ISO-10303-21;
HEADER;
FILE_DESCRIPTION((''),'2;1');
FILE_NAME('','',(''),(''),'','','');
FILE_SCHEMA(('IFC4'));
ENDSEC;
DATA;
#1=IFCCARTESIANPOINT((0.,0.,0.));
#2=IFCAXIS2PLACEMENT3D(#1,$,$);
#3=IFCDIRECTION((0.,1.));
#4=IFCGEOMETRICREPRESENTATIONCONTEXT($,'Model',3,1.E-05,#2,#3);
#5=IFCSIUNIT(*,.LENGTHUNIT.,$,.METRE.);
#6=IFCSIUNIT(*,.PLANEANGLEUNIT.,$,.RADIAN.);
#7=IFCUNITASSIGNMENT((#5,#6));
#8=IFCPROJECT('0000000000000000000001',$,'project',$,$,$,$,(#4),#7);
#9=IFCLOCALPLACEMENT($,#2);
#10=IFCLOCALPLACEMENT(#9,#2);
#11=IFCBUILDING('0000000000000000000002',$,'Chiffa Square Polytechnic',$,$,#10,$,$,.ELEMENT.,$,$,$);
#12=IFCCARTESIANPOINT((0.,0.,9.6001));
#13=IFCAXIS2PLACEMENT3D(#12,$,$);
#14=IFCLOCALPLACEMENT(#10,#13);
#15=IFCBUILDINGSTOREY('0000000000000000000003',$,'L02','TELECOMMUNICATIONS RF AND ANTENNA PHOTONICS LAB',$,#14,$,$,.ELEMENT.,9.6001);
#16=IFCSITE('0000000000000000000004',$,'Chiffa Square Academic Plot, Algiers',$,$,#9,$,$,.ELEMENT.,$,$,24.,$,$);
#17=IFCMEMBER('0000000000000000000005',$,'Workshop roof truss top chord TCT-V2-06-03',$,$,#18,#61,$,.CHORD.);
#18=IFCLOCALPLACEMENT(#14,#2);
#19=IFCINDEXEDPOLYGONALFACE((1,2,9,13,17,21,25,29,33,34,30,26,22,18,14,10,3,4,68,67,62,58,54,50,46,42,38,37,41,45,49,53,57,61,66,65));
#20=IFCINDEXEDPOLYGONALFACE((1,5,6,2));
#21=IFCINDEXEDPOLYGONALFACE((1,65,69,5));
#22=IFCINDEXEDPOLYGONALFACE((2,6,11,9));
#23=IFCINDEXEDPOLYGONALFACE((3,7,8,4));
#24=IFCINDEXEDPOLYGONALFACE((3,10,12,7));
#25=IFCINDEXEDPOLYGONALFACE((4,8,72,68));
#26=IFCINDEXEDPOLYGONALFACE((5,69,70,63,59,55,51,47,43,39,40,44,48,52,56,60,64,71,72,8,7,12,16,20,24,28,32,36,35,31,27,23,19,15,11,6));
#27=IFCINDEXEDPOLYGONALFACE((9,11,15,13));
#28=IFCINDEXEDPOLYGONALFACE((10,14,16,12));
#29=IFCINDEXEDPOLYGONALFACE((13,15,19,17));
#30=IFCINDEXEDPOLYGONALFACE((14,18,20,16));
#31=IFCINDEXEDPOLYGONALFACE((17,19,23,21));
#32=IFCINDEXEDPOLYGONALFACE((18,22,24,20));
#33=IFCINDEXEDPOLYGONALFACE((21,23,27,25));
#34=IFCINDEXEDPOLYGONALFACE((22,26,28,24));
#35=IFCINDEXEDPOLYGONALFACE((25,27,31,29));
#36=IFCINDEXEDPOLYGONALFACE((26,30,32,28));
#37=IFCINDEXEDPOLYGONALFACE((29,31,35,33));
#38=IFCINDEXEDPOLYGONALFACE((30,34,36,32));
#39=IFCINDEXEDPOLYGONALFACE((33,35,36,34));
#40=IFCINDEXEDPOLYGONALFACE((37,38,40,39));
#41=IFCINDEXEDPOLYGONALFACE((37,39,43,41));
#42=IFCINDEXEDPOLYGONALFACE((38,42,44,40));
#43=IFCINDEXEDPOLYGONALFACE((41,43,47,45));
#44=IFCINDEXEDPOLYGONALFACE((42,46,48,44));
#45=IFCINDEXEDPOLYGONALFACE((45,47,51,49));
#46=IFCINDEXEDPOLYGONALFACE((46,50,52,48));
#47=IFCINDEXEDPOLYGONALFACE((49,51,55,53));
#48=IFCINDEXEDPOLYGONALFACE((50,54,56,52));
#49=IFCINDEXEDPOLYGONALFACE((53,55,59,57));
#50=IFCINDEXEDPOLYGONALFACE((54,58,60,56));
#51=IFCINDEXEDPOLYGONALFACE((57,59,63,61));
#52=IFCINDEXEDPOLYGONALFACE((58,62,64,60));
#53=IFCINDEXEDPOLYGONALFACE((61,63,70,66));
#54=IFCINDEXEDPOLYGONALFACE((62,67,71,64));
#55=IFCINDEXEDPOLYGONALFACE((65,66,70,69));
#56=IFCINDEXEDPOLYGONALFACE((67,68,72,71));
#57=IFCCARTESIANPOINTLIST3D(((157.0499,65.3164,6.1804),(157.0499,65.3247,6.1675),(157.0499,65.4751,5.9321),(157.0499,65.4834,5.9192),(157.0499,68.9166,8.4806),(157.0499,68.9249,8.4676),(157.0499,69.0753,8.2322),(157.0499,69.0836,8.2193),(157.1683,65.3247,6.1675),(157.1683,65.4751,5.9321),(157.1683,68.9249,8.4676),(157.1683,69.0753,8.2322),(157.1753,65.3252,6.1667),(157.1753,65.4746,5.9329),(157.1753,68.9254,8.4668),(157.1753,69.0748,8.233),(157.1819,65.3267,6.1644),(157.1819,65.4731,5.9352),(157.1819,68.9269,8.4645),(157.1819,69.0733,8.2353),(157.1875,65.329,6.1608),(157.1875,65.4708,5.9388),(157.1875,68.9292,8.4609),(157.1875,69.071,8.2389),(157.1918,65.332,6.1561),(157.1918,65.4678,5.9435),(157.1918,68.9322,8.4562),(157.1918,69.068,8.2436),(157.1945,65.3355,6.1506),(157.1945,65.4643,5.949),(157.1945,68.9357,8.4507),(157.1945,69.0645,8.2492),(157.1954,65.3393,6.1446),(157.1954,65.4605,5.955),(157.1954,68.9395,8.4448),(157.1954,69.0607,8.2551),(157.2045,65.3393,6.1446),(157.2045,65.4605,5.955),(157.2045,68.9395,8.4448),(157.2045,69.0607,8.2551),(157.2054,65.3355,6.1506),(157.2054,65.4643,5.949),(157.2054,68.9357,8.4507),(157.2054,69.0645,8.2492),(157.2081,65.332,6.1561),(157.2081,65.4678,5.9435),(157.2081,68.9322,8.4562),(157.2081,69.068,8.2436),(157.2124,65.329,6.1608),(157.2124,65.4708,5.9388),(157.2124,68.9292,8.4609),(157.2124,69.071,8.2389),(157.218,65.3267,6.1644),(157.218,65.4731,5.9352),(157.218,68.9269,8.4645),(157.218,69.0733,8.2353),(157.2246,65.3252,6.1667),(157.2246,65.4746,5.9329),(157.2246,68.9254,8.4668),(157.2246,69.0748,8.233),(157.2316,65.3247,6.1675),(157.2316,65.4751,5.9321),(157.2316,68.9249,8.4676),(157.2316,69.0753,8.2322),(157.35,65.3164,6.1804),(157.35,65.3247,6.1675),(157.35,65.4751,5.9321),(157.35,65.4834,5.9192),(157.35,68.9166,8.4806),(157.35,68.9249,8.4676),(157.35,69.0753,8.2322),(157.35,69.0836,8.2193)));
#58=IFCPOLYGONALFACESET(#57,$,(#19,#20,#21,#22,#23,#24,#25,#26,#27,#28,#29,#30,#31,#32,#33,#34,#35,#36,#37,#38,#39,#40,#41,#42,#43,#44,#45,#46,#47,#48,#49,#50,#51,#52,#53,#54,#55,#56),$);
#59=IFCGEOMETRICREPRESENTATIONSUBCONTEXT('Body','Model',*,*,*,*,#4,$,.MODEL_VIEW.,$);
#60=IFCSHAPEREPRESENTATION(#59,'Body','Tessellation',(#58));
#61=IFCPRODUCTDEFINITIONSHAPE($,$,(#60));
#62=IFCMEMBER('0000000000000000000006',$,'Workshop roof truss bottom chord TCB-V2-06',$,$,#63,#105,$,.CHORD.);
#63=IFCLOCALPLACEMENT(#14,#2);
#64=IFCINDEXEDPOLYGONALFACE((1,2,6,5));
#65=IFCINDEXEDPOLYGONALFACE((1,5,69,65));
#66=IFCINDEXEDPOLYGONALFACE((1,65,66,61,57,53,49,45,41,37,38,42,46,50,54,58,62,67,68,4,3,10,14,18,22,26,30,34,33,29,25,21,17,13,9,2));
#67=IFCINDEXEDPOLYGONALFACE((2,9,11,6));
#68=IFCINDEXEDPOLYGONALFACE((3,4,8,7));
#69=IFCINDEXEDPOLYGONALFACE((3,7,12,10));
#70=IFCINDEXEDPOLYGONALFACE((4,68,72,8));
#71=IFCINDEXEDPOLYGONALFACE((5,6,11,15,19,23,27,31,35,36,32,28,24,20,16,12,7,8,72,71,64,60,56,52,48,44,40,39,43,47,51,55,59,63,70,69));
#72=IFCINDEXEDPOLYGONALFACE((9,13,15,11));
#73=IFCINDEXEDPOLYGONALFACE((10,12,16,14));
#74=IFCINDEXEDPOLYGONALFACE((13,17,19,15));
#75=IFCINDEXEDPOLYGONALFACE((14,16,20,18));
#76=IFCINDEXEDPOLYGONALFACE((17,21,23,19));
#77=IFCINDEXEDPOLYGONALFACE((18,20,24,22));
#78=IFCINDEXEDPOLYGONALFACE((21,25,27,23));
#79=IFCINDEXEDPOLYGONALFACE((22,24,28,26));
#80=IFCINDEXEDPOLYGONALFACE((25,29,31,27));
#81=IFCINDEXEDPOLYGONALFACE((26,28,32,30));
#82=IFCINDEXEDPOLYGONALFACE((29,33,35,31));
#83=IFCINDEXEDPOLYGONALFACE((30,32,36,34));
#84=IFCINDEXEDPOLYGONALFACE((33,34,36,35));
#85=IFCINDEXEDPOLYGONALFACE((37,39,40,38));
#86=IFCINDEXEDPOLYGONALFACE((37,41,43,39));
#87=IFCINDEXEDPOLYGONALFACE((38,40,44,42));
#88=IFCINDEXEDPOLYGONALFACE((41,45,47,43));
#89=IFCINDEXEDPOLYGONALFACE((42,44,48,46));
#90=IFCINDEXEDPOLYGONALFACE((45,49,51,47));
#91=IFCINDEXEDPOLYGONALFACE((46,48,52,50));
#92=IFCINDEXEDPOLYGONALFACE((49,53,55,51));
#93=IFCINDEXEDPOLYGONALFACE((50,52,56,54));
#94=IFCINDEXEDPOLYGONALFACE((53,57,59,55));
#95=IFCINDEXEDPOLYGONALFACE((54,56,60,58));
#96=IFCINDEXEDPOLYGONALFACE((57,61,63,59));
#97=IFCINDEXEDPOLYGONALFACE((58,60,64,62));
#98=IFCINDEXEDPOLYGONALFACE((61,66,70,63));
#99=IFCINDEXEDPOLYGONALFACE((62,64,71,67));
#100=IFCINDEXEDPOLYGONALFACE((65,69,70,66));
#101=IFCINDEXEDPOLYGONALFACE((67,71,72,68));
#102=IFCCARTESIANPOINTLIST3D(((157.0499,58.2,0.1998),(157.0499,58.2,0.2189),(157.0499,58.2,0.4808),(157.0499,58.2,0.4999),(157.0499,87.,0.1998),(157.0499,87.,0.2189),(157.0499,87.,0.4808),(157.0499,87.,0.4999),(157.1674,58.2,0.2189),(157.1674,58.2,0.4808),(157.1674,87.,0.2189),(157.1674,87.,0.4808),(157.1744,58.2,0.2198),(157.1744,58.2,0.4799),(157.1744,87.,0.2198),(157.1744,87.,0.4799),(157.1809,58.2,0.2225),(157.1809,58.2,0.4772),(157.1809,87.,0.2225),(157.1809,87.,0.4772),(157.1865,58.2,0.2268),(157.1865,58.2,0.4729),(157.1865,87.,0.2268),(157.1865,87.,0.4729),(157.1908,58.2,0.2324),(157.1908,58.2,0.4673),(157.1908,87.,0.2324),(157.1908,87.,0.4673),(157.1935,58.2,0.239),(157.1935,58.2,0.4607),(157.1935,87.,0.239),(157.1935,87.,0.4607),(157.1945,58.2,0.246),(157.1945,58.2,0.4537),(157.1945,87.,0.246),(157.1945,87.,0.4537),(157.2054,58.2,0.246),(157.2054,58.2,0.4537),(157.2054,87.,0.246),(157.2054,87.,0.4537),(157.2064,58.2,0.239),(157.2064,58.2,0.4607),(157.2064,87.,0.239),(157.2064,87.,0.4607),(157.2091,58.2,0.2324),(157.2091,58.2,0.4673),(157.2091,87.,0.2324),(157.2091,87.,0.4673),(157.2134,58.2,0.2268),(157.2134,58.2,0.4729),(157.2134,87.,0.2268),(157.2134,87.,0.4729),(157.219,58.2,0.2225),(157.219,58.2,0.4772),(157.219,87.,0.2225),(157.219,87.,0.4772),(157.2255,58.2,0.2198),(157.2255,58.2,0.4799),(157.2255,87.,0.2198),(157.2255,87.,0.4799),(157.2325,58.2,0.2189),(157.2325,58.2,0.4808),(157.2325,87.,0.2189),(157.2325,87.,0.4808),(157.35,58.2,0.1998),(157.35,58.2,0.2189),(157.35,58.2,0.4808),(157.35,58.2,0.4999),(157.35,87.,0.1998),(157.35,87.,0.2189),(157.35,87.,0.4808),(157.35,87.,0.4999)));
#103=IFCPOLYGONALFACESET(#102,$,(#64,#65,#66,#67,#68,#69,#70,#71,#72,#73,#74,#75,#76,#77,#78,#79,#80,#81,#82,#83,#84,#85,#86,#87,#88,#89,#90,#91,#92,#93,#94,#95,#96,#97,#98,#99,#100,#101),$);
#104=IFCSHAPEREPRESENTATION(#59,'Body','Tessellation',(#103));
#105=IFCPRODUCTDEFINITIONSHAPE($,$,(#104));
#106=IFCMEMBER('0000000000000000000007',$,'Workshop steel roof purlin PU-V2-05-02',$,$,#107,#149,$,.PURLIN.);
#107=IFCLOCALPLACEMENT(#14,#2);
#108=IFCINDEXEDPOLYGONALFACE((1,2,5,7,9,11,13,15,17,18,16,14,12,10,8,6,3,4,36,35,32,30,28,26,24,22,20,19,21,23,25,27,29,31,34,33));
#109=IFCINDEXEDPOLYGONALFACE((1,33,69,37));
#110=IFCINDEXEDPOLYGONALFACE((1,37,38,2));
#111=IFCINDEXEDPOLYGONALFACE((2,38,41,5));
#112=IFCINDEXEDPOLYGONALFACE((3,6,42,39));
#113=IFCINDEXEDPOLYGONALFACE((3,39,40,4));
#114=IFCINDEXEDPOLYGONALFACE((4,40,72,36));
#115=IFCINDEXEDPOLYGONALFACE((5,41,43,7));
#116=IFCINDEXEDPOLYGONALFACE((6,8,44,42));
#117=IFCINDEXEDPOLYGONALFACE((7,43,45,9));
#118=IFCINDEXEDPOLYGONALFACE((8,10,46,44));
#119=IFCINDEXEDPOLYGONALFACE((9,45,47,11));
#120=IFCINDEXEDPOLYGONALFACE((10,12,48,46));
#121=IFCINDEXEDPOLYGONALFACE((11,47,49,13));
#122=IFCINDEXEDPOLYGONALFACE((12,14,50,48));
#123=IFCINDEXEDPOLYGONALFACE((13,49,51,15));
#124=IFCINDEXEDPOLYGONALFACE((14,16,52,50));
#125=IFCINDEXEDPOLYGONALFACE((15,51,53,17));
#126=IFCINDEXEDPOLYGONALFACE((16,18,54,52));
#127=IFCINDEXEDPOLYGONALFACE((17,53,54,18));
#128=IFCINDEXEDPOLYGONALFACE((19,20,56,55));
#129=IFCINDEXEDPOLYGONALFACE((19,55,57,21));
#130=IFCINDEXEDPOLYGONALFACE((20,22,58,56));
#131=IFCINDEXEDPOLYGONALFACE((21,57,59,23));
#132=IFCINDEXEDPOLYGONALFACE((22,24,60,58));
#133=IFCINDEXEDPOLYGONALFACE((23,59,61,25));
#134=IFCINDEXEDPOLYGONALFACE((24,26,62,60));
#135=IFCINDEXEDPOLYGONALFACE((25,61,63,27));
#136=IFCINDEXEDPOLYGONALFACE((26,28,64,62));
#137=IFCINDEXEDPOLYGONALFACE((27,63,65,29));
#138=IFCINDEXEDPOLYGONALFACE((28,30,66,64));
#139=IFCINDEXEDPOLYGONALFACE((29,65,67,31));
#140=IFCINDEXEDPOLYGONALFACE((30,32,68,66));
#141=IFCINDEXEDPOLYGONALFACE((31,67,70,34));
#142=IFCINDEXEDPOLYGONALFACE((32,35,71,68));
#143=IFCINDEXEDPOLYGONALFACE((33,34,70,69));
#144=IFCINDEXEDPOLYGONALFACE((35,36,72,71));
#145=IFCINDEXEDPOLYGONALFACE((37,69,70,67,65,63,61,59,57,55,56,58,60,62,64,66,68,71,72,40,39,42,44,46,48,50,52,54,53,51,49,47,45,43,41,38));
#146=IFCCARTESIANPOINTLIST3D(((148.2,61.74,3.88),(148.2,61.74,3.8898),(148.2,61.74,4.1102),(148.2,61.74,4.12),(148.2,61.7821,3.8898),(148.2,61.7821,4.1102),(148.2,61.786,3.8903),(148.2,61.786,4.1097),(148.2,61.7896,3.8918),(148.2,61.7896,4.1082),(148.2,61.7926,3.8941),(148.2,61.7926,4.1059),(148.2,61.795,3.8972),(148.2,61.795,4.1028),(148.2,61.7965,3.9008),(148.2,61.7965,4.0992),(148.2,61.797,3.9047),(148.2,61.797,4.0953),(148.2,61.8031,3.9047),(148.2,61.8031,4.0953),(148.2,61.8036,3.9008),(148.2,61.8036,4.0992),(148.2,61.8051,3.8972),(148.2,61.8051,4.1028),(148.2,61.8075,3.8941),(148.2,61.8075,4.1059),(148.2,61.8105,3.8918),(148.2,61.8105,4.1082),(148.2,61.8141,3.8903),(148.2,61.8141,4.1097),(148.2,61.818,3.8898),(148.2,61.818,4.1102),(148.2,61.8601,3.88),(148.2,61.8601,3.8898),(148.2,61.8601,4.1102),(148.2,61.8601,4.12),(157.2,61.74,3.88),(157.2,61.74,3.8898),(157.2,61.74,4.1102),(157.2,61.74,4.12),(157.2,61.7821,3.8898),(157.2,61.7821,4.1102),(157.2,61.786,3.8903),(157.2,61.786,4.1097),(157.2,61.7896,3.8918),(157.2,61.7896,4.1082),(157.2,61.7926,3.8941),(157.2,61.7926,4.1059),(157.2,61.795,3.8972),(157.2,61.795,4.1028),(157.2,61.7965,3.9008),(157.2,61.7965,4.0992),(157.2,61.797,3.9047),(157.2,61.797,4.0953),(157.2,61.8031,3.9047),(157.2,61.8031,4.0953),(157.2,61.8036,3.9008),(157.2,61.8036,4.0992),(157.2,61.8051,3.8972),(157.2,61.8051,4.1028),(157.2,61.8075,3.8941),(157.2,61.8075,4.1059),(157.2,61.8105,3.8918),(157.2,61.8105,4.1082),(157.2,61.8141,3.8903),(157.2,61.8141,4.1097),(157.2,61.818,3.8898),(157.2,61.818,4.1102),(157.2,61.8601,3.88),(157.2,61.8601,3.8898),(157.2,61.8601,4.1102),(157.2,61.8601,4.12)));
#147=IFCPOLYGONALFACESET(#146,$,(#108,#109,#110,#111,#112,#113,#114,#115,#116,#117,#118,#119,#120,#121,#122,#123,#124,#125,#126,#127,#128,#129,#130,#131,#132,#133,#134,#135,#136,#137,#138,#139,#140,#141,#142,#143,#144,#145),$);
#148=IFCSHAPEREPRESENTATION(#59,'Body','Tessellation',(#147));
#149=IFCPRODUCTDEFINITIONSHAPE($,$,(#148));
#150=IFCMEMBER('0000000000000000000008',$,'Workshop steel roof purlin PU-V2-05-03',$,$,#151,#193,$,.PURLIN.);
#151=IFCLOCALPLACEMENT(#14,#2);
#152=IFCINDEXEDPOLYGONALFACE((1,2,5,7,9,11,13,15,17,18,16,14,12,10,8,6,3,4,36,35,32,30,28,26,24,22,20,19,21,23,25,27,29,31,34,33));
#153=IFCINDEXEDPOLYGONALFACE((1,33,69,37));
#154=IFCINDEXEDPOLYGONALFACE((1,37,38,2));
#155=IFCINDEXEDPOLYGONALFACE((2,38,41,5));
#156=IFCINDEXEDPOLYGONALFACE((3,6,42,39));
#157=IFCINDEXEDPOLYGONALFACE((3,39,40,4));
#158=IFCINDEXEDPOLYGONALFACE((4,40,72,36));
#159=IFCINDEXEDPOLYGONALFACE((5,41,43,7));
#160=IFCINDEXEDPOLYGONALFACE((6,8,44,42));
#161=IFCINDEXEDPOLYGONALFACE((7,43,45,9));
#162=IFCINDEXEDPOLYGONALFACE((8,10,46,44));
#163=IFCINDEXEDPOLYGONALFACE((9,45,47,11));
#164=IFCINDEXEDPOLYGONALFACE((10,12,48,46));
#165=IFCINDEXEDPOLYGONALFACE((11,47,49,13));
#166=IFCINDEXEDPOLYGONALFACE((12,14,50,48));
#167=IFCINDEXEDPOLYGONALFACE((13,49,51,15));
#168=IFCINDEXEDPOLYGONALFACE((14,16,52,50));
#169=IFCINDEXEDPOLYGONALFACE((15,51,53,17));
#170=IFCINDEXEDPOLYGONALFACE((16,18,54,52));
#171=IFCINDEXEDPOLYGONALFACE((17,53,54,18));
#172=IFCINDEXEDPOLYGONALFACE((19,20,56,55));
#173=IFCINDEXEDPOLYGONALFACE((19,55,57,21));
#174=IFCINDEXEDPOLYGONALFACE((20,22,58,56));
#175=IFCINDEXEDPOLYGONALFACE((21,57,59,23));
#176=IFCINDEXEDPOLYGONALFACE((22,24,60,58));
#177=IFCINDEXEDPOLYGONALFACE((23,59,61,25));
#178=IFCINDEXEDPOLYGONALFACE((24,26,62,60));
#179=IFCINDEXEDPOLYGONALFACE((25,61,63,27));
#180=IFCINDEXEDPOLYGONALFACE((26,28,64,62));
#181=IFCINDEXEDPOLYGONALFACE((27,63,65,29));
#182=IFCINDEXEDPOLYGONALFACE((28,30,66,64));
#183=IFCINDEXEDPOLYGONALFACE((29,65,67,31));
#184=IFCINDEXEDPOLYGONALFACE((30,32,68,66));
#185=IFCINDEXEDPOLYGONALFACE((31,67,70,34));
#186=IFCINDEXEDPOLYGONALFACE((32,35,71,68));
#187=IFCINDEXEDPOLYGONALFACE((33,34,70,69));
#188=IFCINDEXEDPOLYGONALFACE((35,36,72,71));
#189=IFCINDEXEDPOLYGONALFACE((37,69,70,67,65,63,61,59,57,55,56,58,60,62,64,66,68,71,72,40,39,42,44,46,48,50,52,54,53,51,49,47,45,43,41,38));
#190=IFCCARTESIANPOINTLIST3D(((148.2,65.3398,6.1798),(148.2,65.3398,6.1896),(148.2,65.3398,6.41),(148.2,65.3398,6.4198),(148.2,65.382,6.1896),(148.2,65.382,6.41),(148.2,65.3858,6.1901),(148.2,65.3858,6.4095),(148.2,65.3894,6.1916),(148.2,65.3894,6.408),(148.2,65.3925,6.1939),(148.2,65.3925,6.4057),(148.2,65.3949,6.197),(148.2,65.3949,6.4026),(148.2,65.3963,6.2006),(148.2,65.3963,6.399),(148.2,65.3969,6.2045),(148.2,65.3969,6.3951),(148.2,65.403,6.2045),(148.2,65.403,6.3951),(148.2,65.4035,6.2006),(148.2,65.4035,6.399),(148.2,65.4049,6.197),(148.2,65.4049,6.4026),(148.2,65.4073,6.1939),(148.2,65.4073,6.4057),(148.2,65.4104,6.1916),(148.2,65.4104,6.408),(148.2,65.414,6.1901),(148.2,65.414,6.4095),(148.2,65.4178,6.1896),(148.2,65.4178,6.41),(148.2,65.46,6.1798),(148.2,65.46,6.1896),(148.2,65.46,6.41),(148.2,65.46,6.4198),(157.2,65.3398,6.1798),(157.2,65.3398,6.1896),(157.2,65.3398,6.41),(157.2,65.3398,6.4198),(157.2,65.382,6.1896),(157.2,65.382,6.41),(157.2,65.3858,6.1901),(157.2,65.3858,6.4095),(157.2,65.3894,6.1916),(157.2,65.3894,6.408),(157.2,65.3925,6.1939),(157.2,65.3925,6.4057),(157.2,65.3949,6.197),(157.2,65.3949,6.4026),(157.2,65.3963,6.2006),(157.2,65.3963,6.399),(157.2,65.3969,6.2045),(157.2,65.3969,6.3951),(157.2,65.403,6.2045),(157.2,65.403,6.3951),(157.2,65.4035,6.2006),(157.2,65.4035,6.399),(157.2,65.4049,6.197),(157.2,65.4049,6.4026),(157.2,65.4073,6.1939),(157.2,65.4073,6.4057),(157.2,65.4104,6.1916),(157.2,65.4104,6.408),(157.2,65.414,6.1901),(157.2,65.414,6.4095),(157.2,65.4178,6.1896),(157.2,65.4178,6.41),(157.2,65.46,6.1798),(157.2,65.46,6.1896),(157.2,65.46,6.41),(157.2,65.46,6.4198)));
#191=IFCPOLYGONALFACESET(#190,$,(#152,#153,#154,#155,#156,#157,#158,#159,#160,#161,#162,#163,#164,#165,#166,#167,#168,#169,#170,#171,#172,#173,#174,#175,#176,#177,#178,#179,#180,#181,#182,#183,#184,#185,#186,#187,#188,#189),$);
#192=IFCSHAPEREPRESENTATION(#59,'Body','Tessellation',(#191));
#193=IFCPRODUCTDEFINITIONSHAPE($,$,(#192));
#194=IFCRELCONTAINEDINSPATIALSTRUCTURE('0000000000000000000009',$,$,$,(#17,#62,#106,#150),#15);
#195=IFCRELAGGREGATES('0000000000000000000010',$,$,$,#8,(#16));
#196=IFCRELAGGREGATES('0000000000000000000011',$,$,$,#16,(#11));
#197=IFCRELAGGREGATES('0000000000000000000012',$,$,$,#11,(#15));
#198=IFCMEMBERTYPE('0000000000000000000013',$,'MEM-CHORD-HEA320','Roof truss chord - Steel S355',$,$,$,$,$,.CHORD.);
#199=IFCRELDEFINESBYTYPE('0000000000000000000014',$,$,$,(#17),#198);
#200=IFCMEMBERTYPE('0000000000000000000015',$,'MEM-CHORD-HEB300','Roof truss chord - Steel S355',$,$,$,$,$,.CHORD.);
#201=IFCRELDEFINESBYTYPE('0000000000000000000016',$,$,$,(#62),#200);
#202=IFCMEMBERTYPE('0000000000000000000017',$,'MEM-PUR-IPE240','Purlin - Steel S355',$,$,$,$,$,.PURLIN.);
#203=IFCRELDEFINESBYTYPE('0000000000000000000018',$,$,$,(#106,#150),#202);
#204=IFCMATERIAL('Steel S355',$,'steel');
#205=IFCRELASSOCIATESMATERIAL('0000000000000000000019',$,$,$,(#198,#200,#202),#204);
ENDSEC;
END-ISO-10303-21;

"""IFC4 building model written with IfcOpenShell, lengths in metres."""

from ifc_helpers import new_model, si_unit, direction, frame, origin, origin_2d, place, context, subcontext, project, spatial, i_section, extrude, material, material_profile, profile_set, type_object, element, save


model = new_model("IFC4")

# Units and contexts
model_context = context("Model", 3, precision=1e-05, world=origin(), true_north=direction((0.0, 1.0)))
body_context = subcontext(model_context, "Body", "Model", "MODEL_VIEW")
ifc_project = project(units=[si_unit("LENGTHUNIT", "METRE"), si_unit("PLANEANGLEUNIT", "RADIAN")], contexts=[model_context])

# Site, building, storey
site_placement = place(None, origin())
site = spatial("IfcSite", under=ifc_project, at=site_placement, Name="Chiffa Square Academic Plot, Algiers", CompositionType="ELEMENT", RefElevation=24.0)
building_placement = place(site_placement, origin())
building = spatial("IfcBuilding", under=site, at=building_placement, Name="Chiffa Square Polytechnic", CompositionType="ELEMENT")
storey_placement = place(building_placement, frame((0.0, 0.0, 9.6001)))
storey = spatial("IfcBuildingStorey", under=building, at=storey_placement, Name="L02", Description="TELECOMMUNICATIONS RF AND ANTENNA PHOTONICS LAB", CompositionType="ELEMENT", Elevation=9.6001)

# Shared definitions
ifc_material = material(Name="Steel S355", Category="steel")

# Members
ifc_material_profile_1 = material_profile(ifc_material, i_section(OverallWidth=0.3, OverallDepth=0.3101, WebThickness=0.009, FlangeThickness=0.0154, FilletRadius=0.0271, at=origin_2d()), Name="HEA 320")
ifc_profile_set_1 = profile_set([ifc_material_profile_1], Name="Steel S355")
member_type_1 = type_object("IfcMemberType", Name="MEM-CHORD-HEA320", Description="Roof truss chord - Steel S355", PredefinedType="CHORD", material=ifc_profile_set_1)
member_1_placement = place(storey_placement, frame((157.2, 65.3999, 6.0498), z_axis=(0.0, 0.842698, 0.538387), x_axis=(-1.0, 0.0, 0.0)))
element("IfcMember", 1, at=member_1_placement, inside=storey, type_object=member_type_1, Name="Workshop roof truss top chord TCT-V2-06-03", PredefinedType="CHORD", context=body_context, shape_type="SweptSolid", body=[
    extrude(i_section(OverallWidth=0.3, OverallDepth=0.3101, WebThickness=0.009, FlangeThickness=0.0154, FilletRadius=0.0271, at=origin_2d()), origin(), (0.0, 0.0, 1.0), 4.2722),
])
ifc_material_profile_2 = material_profile(ifc_material, i_section(OverallWidth=0.3, OverallDepth=0.3, WebThickness=0.011, FlangeThickness=0.019, FilletRadius=0.0271, at=origin_2d()), Name="HEB 300")
ifc_profile_set_2 = profile_set([ifc_material_profile_2], Name="Steel S355")
member_type_2 = type_object("IfcMemberType", Name="MEM-CHORD-HEB300", Description="Roof truss chord - Steel S355", PredefinedType="CHORD", material=ifc_profile_set_2)
member_2_placement = place(storey_placement, frame((157.2, 58.2, 0.3499), z_axis=(0.0, 1.0, 0.0), x_axis=(-1.0, 0.0, 0.0)))
element("IfcMember", 2, at=member_2_placement, inside=storey, type_object=member_type_2, Name="Workshop roof truss bottom chord TCB-V2-06", PredefinedType="CHORD", context=body_context, shape_type="SweptSolid", body=[
    extrude(i_section(OverallWidth=0.3, OverallDepth=0.3, WebThickness=0.011, FlangeThickness=0.019, FilletRadius=0.0271, at=origin_2d()), origin(), (0.0, 0.0, 1.0), 28.8),
])
ifc_material_profile_3 = material_profile(ifc_material, i_section(OverallWidth=0.1201, OverallDepth=0.24, WebThickness=0.0061, FlangeThickness=0.0098, FilletRadius=0.0149, at=origin_2d()), Name="IPE 240")
ifc_profile_set_3 = profile_set([ifc_material_profile_3], Name="Steel S355")
member_type_3 = type_object("IfcMemberType", Name="MEM-PUR-IPE240", Description="Purlin - Steel S355", PredefinedType="PURLIN", material=ifc_profile_set_3)
for number, where, z_axis, x_axis, name in (
    (3, (148.2, 61.8, 4.0), (1.0, 0.0, 0.0), (0.0, 1.0, 0.0), "Workshop steel roof purlin PU-V2-05-02"),
    (4, (148.2, 65.3999, 6.2998), (1.0, 0.0, 0.0), (0.0, 1.0, 0.0), "Workshop steel roof purlin PU-V2-05-03"),
):
    element("IfcMember", number, at=place(storey_placement, frame(where, z_axis=z_axis, x_axis=x_axis)), inside=storey, type_object=member_type_3, Name=name, PredefinedType="PURLIN", context=body_context, shape_type="SweptSolid", body=[
        extrude(i_section(OverallWidth=0.1201, OverallDepth=0.24, WebThickness=0.0061, FlangeThickness=0.0098, FilletRadius=0.0149, at=origin_2d()), origin(), (0.0, 0.0, 1.0), 9.0),
    ])

save(model, "model.ifc")
